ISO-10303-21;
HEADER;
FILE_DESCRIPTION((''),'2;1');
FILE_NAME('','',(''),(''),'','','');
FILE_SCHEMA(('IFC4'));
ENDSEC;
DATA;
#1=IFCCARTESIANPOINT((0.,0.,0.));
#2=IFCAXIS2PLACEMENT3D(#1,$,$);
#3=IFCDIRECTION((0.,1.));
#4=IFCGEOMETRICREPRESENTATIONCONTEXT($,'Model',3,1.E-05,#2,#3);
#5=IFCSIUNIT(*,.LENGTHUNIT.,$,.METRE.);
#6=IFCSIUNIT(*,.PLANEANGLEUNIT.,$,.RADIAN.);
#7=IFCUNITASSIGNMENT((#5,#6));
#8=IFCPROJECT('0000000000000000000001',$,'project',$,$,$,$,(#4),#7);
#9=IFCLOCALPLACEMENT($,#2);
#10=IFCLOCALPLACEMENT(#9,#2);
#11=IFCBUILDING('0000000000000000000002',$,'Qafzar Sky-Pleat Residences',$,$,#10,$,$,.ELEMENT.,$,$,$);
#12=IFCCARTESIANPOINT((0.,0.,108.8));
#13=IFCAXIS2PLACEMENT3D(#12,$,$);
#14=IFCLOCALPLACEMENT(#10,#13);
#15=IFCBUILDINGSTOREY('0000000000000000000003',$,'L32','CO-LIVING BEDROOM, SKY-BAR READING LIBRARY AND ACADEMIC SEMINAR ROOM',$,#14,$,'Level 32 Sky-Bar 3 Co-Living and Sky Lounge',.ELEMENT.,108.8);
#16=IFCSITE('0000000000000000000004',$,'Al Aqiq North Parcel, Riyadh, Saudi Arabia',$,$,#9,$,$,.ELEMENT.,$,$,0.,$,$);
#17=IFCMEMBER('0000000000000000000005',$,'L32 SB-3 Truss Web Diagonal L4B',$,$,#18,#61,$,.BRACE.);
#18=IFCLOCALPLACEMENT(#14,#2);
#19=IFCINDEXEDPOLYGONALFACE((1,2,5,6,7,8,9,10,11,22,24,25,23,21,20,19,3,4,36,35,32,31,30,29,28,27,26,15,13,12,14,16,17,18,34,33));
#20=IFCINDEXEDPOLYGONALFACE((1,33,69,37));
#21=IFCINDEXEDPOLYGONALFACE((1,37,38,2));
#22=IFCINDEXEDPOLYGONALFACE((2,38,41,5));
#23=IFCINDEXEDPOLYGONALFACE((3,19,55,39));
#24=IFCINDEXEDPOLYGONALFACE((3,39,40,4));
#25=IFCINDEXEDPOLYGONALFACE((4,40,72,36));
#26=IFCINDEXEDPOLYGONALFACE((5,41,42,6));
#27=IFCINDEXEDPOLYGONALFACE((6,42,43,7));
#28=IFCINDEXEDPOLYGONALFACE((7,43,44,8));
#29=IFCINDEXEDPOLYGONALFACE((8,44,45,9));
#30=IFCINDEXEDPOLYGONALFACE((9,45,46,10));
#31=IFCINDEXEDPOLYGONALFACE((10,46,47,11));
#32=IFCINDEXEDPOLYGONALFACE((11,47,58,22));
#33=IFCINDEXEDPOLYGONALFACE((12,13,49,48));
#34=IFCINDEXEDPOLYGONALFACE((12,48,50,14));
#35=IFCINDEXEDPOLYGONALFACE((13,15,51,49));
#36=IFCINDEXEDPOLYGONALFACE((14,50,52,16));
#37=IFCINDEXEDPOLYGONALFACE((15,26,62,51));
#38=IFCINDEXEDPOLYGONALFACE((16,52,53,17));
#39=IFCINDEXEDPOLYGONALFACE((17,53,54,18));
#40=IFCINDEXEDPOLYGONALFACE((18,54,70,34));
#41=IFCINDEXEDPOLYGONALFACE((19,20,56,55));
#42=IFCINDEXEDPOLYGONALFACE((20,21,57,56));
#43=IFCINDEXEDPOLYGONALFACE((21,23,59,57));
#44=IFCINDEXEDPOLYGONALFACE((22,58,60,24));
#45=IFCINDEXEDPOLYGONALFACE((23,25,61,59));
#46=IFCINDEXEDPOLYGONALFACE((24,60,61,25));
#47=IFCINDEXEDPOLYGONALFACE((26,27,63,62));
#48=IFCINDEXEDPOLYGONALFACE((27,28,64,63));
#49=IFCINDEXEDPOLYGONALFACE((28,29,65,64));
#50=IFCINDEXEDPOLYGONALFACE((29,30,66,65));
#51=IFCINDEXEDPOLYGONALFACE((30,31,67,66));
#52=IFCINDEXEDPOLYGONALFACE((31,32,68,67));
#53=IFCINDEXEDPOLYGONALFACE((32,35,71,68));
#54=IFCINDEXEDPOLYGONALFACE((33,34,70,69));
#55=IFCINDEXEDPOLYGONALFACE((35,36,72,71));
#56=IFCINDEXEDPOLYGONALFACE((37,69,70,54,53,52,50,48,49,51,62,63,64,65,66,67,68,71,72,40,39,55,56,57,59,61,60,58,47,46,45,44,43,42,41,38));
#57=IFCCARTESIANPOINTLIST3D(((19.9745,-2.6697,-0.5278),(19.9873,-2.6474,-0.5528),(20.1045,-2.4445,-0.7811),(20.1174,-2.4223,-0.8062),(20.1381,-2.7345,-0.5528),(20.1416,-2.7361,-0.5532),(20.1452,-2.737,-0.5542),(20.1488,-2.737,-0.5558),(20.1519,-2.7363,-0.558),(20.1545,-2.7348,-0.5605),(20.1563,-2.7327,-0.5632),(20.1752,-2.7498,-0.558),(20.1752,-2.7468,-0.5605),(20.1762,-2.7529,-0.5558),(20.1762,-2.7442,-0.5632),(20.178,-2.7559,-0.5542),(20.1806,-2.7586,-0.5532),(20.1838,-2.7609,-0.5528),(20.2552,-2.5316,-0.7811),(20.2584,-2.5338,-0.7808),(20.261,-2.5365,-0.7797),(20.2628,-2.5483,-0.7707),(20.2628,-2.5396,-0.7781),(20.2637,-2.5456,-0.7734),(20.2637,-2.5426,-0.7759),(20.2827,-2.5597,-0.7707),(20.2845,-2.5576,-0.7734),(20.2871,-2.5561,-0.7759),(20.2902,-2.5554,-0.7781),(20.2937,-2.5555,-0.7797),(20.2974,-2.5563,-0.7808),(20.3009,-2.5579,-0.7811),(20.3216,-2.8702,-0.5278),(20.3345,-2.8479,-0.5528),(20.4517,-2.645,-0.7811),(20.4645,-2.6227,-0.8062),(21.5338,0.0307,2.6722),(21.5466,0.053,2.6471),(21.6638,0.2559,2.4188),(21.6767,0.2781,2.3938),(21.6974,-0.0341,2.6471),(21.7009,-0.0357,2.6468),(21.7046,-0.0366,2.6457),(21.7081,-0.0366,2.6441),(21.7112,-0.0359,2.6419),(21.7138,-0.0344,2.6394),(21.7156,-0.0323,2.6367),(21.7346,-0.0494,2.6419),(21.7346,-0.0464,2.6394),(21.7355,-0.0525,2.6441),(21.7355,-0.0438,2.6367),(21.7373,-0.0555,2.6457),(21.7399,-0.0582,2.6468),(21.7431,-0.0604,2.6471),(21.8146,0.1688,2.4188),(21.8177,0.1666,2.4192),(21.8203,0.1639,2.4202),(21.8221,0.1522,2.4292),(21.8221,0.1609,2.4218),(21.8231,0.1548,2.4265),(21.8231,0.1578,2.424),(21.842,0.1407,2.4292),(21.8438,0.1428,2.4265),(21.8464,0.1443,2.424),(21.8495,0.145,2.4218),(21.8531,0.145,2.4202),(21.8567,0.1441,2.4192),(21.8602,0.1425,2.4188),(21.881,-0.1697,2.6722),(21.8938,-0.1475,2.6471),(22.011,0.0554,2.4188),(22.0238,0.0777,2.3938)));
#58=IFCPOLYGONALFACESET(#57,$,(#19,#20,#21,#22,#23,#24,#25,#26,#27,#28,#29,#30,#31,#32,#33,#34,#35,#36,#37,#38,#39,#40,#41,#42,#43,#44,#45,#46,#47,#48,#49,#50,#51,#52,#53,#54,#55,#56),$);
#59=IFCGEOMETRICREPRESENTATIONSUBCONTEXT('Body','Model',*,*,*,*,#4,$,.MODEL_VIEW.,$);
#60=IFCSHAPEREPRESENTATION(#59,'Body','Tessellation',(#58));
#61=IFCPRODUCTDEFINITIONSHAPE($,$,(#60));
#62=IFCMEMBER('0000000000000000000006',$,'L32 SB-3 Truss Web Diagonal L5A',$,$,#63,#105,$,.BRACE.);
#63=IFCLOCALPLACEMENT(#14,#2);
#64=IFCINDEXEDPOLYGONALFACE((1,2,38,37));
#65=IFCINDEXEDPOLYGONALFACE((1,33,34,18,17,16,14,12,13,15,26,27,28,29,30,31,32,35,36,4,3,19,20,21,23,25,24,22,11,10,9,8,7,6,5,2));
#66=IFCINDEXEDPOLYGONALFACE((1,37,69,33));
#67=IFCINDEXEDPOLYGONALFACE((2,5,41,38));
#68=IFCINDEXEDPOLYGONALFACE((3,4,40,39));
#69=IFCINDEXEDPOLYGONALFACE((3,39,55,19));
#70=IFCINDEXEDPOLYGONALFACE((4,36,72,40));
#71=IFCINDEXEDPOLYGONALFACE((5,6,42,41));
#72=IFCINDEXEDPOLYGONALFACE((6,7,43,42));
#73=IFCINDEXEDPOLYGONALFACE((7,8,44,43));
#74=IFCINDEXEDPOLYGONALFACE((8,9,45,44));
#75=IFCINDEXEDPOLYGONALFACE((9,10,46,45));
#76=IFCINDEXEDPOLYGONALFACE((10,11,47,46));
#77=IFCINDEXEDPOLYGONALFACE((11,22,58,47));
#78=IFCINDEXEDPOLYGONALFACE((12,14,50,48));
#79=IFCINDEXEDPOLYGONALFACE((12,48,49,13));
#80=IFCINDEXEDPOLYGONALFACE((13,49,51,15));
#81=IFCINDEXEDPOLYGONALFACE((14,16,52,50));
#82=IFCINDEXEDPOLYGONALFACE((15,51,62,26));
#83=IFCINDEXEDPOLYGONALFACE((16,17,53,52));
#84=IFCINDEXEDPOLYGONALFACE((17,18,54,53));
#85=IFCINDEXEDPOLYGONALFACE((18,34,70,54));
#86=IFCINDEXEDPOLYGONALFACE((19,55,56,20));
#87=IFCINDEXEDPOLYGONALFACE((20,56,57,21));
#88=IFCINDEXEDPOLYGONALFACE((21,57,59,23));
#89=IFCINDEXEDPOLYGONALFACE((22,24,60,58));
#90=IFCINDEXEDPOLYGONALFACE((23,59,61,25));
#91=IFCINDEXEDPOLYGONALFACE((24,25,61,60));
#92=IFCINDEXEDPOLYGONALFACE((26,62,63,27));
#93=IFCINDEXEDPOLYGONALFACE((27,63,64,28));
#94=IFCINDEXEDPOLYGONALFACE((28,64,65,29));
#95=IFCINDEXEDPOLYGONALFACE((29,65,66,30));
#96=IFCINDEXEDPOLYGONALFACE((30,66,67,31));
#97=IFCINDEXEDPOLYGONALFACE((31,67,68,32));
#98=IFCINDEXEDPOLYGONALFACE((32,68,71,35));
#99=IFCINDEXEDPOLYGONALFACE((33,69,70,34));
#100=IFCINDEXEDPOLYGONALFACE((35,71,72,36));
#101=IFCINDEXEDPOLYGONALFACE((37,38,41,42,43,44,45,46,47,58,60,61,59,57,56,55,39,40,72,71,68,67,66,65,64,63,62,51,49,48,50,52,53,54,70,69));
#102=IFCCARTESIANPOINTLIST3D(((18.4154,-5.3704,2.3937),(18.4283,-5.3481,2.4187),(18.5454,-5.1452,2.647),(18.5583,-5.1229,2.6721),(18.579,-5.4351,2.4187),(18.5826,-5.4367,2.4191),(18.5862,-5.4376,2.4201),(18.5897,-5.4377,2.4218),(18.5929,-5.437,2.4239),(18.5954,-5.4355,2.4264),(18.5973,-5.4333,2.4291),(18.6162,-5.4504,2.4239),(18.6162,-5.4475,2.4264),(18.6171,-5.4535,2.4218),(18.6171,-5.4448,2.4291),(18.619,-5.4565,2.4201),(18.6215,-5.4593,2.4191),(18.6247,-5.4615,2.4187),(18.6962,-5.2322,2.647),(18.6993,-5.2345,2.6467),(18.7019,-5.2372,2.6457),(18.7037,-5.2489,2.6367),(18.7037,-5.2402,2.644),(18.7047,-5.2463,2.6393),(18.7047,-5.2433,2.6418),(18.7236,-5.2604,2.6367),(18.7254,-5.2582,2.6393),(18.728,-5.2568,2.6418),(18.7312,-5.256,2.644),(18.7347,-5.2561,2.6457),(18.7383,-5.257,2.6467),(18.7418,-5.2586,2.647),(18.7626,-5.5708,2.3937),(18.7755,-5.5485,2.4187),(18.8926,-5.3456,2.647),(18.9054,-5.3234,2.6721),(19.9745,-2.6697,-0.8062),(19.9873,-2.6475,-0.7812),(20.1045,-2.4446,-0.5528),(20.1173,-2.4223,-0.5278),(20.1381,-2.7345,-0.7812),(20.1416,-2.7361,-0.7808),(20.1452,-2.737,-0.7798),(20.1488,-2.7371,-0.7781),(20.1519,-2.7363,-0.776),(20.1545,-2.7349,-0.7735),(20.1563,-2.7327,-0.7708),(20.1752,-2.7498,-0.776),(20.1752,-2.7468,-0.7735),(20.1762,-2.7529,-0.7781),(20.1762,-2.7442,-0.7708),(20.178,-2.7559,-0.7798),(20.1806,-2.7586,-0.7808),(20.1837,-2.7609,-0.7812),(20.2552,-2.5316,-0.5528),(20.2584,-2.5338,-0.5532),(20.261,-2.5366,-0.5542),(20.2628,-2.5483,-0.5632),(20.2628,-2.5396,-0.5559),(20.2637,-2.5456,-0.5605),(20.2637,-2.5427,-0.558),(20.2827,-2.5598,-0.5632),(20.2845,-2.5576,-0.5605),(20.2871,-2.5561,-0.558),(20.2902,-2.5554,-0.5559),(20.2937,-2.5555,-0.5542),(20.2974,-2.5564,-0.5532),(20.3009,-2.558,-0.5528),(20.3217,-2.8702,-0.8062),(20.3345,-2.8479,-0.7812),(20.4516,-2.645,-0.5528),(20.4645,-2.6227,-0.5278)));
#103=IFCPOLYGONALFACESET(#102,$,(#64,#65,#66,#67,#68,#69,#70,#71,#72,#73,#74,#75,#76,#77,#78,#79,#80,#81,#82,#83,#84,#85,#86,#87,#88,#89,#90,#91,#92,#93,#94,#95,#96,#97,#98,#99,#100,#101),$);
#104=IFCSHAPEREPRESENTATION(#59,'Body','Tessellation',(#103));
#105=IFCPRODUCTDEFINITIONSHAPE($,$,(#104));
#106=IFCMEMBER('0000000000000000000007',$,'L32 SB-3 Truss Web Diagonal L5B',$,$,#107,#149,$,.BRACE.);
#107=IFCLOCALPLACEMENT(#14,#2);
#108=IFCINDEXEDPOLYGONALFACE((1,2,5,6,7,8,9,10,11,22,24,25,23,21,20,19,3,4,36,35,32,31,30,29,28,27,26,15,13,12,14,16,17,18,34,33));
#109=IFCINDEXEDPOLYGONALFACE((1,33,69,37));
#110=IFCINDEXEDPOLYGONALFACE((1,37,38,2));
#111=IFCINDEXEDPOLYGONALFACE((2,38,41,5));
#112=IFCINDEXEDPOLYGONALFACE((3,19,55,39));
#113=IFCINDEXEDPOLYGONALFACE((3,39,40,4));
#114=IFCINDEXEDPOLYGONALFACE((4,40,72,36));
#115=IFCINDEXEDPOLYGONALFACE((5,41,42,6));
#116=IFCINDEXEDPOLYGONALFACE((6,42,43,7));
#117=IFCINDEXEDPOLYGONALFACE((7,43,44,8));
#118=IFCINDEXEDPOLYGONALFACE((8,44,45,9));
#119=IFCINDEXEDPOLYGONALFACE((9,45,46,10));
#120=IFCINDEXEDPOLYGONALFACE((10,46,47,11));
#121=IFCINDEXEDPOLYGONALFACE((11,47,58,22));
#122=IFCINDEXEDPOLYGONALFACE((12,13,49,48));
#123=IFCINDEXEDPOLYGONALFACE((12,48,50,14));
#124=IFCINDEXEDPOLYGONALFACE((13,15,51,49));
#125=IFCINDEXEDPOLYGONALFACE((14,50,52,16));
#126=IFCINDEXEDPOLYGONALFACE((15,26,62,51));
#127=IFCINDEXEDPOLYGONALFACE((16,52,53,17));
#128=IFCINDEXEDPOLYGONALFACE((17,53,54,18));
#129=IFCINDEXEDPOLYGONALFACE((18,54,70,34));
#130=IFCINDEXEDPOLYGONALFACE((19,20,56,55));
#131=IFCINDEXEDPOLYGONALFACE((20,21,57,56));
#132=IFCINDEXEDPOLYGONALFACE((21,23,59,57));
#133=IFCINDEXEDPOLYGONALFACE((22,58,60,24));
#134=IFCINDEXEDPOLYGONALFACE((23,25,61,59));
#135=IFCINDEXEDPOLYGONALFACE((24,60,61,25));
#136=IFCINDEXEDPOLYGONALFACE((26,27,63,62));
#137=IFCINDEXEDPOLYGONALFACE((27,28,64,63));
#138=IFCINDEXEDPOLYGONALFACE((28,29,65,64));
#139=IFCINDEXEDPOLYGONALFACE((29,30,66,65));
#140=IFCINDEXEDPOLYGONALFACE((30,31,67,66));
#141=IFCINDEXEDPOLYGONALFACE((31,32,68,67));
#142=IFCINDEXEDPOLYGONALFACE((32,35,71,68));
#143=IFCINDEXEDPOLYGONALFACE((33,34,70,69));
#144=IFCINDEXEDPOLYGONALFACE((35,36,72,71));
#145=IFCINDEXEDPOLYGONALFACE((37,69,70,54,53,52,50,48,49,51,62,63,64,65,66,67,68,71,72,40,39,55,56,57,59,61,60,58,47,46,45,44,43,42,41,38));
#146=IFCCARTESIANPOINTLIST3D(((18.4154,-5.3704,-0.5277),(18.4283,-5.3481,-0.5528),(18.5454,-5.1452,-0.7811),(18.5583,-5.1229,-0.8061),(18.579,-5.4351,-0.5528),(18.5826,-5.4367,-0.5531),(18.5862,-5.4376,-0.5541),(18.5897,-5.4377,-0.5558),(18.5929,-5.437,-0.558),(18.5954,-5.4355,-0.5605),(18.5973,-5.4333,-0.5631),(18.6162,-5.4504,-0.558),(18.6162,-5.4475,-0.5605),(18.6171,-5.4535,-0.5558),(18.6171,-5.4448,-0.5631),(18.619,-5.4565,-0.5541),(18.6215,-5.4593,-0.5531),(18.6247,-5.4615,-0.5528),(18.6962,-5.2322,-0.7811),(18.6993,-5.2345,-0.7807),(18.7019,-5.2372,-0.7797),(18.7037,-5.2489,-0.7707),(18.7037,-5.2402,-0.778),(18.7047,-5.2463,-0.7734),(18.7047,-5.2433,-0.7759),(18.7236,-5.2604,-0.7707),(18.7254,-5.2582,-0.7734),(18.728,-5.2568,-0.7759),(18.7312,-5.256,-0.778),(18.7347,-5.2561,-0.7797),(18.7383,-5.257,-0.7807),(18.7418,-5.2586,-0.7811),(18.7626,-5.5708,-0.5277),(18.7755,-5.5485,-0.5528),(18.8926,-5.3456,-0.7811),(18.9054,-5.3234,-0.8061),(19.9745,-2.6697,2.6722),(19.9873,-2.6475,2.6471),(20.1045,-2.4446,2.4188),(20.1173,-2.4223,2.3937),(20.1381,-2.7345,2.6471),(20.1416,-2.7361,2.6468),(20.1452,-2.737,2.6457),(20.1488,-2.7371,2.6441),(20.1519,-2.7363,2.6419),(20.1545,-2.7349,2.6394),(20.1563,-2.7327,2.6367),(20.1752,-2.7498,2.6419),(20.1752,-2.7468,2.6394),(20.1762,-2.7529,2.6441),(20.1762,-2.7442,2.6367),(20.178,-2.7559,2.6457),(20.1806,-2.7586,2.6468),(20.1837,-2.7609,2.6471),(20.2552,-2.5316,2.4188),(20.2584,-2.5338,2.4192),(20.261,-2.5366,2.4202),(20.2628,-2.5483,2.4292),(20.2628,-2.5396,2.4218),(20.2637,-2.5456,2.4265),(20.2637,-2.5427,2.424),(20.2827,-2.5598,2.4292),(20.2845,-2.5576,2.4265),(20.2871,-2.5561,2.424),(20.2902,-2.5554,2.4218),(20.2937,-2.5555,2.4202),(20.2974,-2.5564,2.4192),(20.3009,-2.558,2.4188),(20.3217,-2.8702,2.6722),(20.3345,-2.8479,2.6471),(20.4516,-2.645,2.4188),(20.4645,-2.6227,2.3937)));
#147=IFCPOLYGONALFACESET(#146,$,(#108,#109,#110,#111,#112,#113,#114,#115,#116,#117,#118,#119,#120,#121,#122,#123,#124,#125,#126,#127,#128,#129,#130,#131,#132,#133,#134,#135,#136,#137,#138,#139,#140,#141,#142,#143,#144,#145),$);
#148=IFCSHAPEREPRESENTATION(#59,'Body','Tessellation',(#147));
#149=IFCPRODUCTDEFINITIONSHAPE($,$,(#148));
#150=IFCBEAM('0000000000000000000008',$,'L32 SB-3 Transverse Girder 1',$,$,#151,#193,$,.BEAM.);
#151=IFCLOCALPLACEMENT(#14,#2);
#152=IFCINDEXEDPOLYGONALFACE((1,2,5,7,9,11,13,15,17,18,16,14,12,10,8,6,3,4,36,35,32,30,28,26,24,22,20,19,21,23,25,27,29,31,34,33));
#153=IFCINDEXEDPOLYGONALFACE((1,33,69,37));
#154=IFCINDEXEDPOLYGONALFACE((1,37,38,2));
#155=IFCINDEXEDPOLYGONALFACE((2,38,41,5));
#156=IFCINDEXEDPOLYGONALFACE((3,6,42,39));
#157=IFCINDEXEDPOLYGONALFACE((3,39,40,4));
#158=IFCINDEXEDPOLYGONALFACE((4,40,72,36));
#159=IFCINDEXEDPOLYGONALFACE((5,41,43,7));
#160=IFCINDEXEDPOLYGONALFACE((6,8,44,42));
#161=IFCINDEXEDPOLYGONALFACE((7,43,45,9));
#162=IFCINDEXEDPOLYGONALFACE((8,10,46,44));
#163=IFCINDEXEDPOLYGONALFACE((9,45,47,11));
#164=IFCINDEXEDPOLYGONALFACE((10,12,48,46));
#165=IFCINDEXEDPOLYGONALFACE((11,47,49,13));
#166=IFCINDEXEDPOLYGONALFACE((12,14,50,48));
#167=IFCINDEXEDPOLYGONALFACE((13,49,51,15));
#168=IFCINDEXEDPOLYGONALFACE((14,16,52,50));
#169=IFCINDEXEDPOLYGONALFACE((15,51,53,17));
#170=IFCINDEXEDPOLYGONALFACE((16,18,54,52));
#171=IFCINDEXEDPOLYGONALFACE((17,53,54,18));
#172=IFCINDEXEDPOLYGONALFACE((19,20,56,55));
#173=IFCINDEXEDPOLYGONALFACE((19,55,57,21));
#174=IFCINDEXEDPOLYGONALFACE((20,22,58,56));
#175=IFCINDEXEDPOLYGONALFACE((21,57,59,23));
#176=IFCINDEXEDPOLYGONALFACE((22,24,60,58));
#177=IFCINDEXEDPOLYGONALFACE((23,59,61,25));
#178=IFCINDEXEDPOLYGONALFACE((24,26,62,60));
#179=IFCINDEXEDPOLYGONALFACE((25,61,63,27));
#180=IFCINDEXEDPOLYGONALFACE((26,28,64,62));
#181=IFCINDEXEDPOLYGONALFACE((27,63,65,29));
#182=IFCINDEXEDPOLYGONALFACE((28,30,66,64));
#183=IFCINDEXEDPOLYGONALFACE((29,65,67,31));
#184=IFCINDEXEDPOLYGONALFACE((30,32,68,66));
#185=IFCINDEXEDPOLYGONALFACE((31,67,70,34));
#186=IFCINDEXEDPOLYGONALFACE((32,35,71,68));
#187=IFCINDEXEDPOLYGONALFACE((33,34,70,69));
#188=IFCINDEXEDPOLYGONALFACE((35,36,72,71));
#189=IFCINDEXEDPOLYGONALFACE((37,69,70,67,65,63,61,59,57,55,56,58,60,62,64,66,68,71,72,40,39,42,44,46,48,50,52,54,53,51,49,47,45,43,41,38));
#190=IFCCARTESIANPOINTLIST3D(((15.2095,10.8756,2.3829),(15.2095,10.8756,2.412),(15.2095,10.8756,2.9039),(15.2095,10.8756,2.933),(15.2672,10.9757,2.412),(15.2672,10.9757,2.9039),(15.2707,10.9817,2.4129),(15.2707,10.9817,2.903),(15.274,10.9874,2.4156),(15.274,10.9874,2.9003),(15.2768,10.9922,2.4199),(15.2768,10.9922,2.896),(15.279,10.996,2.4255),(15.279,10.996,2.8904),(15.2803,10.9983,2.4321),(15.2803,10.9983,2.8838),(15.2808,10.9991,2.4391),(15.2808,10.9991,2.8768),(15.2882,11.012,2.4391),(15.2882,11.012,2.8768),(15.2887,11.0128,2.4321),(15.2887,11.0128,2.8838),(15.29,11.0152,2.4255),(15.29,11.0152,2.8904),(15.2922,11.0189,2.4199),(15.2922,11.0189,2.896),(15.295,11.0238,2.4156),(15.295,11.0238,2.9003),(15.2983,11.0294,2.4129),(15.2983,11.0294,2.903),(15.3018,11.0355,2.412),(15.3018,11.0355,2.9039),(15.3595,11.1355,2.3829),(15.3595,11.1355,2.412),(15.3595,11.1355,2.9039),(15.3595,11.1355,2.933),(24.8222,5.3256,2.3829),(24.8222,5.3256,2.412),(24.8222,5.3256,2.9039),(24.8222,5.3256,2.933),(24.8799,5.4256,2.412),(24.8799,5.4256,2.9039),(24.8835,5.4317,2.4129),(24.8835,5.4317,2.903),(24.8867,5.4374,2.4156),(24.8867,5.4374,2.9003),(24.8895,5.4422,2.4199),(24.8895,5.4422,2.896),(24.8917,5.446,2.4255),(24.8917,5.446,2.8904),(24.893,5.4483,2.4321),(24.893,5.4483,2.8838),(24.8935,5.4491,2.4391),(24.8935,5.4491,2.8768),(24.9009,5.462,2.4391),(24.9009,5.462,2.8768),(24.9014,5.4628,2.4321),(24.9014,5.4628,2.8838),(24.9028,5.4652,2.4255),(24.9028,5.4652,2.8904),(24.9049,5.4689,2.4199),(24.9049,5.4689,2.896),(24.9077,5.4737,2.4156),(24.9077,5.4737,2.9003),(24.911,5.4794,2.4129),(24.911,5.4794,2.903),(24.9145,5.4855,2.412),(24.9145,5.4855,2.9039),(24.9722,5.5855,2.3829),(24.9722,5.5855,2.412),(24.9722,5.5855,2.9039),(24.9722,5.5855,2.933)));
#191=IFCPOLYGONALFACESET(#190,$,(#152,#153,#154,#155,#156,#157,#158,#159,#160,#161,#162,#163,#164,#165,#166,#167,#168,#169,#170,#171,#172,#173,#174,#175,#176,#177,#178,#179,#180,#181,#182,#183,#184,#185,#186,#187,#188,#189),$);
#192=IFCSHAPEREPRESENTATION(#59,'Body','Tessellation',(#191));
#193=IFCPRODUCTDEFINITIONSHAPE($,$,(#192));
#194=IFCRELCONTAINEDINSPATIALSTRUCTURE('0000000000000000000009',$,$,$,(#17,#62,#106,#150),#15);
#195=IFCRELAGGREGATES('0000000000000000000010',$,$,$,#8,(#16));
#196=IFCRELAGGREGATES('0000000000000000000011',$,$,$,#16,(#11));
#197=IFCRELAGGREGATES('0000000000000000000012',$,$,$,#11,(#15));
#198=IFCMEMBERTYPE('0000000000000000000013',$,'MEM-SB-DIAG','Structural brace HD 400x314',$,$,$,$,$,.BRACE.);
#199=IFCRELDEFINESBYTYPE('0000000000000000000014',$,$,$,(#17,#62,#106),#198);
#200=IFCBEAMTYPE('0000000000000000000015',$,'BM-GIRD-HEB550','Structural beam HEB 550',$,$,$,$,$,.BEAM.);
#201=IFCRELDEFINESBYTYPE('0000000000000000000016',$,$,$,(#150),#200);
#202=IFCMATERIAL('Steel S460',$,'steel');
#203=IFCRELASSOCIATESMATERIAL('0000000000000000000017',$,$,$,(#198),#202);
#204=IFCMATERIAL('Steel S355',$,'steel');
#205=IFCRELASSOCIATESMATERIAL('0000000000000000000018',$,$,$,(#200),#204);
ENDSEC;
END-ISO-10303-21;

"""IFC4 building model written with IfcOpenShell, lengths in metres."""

from ifc_helpers import new_model, si_unit, direction, frame, origin, origin_2d, place, context, subcontext, project, spatial, i_section, extrude, source, transform, mapped, material, material_profile, profile_set, type_object, element, save


model = new_model("IFC4")

# Units and contexts
model_context = context("Model", 3, precision=1e-05, world=origin(), true_north=direction((0.0, 1.0)))
body_context = subcontext(model_context, "Body", "Model", "MODEL_VIEW")
ifc_project = project(units=[si_unit("LENGTHUNIT", "METRE"), si_unit("PLANEANGLEUNIT", "RADIAN")], contexts=[model_context])

# Site, building, storey
site_placement = place(None, origin())
site = spatial("IfcSite", under=ifc_project, at=site_placement, Name="Al Aqiq North Parcel, Riyadh, Saudi Arabia", CompositionType="ELEMENT", RefElevation=0.0)
building_placement = place(site_placement, origin())
building = spatial("IfcBuilding", under=site, at=building_placement, Name="Qafzar Sky-Pleat Residences", CompositionType="ELEMENT")
storey_placement = place(building_placement, frame((0.0, 0.0, 108.8)))
storey = spatial("IfcBuildingStorey", under=building, at=storey_placement, Name="L32", Description="CO-LIVING BEDROOM, SKY-BAR READING LIBRARY AND ACADEMIC SEMINAR ROOM", LongName="Level 32 Sky-Bar 3 Co-Living and Sky Lounge", CompositionType="ELEMENT", Elevation=108.8)

# Shared definitions
ifc_material_1 = material(Name="Steel S460", Category="steel")

# Shared definitions
ifc_material_2 = material(Name="Steel S355", Category="steel")

# Members
ifc_material_profile_1 = material_profile(ifc_material_1, i_section(OverallWidth=0.4009, OverallDepth=0.3989, WebThickness=0.0229, FlangeThickness=0.0359, FilletRadius=0.0149, at=origin_2d()), Name="HD 400x314")
ifc_profile_set_1 = profile_set([ifc_material_profile_1], Name="Steel S460")
member_type = type_object("IfcMemberType", Name="MEM-SB-DIAG", Description="Structural brace HD 400x314", PredefinedType="BRACE", material=ifc_profile_set_1)
shared_shape_1 = source(origin(), body_context, "Body", "SweptSolid", [
    extrude(i_section(OverallWidth=0.4009, OverallDepth=0.3989, WebThickness=0.0229, FlangeThickness=0.0359, FilletRadius=0.0149, at=origin_2d()), origin(), (0.0, 0.0, 1.0), 4.468),
])
for number, where, z_axis, x_axis, name in (
    (1, (21.7788, 0.0542, 2.533), (-0.348994, -0.604387, -0.716184), (0.865994, -0.500055, 0.0), "L32 SB-3 Truss Web Diagonal L4B"),
    (2, (20.2195, -2.6462, -0.667), (-0.348935, -0.604434, 0.716174), (0.866047, -0.499962, 0.0), "L32 SB-3 Truss Web Diagonal L5A"),
    (3, (20.2195, -2.6462, 2.533), (-0.348935, -0.604434, -0.716174), (0.866047, -0.499962, 0.0), "L32 SB-3 Truss Web Diagonal L5B"),
):
    element("IfcMember", number, at=place(storey_placement, frame(where, z_axis=z_axis, x_axis=x_axis)), inside=storey, type_object=member_type, Name=name, PredefinedType="BRACE", context=body_context, shape_type="MappedRepresentation", body=[
        mapped(shared_shape_1, transform((0.0, 0.0, 0.0), x_axis=(1.0, 0.0, 0.0), y_axis=(0.0, 1.0, 0.0), z_axis=(0.0, 0.0, 1.0), scale=1.0)),
    ])

# Beam
ifc_material_profile_2 = material_profile(ifc_material_2, i_section(OverallWidth=0.3, OverallDepth=0.55, WebThickness=0.0149, FlangeThickness=0.0291, FilletRadius=0.0271, at=origin_2d()), Name="HEB 550")
ifc_profile_set_2 = profile_set([ifc_material_profile_2], Name="Steel S355")
beam_type_1 = type_object("IfcBeamType", Name="BM-GIRD-HEB550", Description="Structural beam HEB 550", PredefinedType="BEAM", material=ifc_profile_set_2)
shared_shape_2 = source(origin(), body_context, "Body", "SweptSolid", [
    extrude(i_section(OverallWidth=0.3, OverallDepth=0.55, WebThickness=0.0149, FlangeThickness=0.0291, FilletRadius=0.0271, at=origin_2d()), origin(), (0.0, 0.0, 1.0), 11.0999),
])
for number, where, z_axis, x_axis, name in (
    (4, (24.8972, 5.4556, 2.658), (-0.866021, 0.500007, 0.0), (-0.500007, -0.866021, 0.0), "L32 SB-3 Transverse Girder 1"),
):
    element("IfcBeam", number, at=place(storey_placement, frame(where, z_axis=z_axis, x_axis=x_axis)), inside=storey, type_object=beam_type_1, Name=name, PredefinedType="BEAM", context=body_context, shape_type="MappedRepresentation", body=[
        mapped(shared_shape_2, transform((0.0, 0.0, 0.0), x_axis=(1.0, 0.0, 0.0), y_axis=(0.0, 1.0, 0.0), z_axis=(0.0, 0.0, 1.0), scale=1.0)),
    ])

save(model, "model.ifc")
